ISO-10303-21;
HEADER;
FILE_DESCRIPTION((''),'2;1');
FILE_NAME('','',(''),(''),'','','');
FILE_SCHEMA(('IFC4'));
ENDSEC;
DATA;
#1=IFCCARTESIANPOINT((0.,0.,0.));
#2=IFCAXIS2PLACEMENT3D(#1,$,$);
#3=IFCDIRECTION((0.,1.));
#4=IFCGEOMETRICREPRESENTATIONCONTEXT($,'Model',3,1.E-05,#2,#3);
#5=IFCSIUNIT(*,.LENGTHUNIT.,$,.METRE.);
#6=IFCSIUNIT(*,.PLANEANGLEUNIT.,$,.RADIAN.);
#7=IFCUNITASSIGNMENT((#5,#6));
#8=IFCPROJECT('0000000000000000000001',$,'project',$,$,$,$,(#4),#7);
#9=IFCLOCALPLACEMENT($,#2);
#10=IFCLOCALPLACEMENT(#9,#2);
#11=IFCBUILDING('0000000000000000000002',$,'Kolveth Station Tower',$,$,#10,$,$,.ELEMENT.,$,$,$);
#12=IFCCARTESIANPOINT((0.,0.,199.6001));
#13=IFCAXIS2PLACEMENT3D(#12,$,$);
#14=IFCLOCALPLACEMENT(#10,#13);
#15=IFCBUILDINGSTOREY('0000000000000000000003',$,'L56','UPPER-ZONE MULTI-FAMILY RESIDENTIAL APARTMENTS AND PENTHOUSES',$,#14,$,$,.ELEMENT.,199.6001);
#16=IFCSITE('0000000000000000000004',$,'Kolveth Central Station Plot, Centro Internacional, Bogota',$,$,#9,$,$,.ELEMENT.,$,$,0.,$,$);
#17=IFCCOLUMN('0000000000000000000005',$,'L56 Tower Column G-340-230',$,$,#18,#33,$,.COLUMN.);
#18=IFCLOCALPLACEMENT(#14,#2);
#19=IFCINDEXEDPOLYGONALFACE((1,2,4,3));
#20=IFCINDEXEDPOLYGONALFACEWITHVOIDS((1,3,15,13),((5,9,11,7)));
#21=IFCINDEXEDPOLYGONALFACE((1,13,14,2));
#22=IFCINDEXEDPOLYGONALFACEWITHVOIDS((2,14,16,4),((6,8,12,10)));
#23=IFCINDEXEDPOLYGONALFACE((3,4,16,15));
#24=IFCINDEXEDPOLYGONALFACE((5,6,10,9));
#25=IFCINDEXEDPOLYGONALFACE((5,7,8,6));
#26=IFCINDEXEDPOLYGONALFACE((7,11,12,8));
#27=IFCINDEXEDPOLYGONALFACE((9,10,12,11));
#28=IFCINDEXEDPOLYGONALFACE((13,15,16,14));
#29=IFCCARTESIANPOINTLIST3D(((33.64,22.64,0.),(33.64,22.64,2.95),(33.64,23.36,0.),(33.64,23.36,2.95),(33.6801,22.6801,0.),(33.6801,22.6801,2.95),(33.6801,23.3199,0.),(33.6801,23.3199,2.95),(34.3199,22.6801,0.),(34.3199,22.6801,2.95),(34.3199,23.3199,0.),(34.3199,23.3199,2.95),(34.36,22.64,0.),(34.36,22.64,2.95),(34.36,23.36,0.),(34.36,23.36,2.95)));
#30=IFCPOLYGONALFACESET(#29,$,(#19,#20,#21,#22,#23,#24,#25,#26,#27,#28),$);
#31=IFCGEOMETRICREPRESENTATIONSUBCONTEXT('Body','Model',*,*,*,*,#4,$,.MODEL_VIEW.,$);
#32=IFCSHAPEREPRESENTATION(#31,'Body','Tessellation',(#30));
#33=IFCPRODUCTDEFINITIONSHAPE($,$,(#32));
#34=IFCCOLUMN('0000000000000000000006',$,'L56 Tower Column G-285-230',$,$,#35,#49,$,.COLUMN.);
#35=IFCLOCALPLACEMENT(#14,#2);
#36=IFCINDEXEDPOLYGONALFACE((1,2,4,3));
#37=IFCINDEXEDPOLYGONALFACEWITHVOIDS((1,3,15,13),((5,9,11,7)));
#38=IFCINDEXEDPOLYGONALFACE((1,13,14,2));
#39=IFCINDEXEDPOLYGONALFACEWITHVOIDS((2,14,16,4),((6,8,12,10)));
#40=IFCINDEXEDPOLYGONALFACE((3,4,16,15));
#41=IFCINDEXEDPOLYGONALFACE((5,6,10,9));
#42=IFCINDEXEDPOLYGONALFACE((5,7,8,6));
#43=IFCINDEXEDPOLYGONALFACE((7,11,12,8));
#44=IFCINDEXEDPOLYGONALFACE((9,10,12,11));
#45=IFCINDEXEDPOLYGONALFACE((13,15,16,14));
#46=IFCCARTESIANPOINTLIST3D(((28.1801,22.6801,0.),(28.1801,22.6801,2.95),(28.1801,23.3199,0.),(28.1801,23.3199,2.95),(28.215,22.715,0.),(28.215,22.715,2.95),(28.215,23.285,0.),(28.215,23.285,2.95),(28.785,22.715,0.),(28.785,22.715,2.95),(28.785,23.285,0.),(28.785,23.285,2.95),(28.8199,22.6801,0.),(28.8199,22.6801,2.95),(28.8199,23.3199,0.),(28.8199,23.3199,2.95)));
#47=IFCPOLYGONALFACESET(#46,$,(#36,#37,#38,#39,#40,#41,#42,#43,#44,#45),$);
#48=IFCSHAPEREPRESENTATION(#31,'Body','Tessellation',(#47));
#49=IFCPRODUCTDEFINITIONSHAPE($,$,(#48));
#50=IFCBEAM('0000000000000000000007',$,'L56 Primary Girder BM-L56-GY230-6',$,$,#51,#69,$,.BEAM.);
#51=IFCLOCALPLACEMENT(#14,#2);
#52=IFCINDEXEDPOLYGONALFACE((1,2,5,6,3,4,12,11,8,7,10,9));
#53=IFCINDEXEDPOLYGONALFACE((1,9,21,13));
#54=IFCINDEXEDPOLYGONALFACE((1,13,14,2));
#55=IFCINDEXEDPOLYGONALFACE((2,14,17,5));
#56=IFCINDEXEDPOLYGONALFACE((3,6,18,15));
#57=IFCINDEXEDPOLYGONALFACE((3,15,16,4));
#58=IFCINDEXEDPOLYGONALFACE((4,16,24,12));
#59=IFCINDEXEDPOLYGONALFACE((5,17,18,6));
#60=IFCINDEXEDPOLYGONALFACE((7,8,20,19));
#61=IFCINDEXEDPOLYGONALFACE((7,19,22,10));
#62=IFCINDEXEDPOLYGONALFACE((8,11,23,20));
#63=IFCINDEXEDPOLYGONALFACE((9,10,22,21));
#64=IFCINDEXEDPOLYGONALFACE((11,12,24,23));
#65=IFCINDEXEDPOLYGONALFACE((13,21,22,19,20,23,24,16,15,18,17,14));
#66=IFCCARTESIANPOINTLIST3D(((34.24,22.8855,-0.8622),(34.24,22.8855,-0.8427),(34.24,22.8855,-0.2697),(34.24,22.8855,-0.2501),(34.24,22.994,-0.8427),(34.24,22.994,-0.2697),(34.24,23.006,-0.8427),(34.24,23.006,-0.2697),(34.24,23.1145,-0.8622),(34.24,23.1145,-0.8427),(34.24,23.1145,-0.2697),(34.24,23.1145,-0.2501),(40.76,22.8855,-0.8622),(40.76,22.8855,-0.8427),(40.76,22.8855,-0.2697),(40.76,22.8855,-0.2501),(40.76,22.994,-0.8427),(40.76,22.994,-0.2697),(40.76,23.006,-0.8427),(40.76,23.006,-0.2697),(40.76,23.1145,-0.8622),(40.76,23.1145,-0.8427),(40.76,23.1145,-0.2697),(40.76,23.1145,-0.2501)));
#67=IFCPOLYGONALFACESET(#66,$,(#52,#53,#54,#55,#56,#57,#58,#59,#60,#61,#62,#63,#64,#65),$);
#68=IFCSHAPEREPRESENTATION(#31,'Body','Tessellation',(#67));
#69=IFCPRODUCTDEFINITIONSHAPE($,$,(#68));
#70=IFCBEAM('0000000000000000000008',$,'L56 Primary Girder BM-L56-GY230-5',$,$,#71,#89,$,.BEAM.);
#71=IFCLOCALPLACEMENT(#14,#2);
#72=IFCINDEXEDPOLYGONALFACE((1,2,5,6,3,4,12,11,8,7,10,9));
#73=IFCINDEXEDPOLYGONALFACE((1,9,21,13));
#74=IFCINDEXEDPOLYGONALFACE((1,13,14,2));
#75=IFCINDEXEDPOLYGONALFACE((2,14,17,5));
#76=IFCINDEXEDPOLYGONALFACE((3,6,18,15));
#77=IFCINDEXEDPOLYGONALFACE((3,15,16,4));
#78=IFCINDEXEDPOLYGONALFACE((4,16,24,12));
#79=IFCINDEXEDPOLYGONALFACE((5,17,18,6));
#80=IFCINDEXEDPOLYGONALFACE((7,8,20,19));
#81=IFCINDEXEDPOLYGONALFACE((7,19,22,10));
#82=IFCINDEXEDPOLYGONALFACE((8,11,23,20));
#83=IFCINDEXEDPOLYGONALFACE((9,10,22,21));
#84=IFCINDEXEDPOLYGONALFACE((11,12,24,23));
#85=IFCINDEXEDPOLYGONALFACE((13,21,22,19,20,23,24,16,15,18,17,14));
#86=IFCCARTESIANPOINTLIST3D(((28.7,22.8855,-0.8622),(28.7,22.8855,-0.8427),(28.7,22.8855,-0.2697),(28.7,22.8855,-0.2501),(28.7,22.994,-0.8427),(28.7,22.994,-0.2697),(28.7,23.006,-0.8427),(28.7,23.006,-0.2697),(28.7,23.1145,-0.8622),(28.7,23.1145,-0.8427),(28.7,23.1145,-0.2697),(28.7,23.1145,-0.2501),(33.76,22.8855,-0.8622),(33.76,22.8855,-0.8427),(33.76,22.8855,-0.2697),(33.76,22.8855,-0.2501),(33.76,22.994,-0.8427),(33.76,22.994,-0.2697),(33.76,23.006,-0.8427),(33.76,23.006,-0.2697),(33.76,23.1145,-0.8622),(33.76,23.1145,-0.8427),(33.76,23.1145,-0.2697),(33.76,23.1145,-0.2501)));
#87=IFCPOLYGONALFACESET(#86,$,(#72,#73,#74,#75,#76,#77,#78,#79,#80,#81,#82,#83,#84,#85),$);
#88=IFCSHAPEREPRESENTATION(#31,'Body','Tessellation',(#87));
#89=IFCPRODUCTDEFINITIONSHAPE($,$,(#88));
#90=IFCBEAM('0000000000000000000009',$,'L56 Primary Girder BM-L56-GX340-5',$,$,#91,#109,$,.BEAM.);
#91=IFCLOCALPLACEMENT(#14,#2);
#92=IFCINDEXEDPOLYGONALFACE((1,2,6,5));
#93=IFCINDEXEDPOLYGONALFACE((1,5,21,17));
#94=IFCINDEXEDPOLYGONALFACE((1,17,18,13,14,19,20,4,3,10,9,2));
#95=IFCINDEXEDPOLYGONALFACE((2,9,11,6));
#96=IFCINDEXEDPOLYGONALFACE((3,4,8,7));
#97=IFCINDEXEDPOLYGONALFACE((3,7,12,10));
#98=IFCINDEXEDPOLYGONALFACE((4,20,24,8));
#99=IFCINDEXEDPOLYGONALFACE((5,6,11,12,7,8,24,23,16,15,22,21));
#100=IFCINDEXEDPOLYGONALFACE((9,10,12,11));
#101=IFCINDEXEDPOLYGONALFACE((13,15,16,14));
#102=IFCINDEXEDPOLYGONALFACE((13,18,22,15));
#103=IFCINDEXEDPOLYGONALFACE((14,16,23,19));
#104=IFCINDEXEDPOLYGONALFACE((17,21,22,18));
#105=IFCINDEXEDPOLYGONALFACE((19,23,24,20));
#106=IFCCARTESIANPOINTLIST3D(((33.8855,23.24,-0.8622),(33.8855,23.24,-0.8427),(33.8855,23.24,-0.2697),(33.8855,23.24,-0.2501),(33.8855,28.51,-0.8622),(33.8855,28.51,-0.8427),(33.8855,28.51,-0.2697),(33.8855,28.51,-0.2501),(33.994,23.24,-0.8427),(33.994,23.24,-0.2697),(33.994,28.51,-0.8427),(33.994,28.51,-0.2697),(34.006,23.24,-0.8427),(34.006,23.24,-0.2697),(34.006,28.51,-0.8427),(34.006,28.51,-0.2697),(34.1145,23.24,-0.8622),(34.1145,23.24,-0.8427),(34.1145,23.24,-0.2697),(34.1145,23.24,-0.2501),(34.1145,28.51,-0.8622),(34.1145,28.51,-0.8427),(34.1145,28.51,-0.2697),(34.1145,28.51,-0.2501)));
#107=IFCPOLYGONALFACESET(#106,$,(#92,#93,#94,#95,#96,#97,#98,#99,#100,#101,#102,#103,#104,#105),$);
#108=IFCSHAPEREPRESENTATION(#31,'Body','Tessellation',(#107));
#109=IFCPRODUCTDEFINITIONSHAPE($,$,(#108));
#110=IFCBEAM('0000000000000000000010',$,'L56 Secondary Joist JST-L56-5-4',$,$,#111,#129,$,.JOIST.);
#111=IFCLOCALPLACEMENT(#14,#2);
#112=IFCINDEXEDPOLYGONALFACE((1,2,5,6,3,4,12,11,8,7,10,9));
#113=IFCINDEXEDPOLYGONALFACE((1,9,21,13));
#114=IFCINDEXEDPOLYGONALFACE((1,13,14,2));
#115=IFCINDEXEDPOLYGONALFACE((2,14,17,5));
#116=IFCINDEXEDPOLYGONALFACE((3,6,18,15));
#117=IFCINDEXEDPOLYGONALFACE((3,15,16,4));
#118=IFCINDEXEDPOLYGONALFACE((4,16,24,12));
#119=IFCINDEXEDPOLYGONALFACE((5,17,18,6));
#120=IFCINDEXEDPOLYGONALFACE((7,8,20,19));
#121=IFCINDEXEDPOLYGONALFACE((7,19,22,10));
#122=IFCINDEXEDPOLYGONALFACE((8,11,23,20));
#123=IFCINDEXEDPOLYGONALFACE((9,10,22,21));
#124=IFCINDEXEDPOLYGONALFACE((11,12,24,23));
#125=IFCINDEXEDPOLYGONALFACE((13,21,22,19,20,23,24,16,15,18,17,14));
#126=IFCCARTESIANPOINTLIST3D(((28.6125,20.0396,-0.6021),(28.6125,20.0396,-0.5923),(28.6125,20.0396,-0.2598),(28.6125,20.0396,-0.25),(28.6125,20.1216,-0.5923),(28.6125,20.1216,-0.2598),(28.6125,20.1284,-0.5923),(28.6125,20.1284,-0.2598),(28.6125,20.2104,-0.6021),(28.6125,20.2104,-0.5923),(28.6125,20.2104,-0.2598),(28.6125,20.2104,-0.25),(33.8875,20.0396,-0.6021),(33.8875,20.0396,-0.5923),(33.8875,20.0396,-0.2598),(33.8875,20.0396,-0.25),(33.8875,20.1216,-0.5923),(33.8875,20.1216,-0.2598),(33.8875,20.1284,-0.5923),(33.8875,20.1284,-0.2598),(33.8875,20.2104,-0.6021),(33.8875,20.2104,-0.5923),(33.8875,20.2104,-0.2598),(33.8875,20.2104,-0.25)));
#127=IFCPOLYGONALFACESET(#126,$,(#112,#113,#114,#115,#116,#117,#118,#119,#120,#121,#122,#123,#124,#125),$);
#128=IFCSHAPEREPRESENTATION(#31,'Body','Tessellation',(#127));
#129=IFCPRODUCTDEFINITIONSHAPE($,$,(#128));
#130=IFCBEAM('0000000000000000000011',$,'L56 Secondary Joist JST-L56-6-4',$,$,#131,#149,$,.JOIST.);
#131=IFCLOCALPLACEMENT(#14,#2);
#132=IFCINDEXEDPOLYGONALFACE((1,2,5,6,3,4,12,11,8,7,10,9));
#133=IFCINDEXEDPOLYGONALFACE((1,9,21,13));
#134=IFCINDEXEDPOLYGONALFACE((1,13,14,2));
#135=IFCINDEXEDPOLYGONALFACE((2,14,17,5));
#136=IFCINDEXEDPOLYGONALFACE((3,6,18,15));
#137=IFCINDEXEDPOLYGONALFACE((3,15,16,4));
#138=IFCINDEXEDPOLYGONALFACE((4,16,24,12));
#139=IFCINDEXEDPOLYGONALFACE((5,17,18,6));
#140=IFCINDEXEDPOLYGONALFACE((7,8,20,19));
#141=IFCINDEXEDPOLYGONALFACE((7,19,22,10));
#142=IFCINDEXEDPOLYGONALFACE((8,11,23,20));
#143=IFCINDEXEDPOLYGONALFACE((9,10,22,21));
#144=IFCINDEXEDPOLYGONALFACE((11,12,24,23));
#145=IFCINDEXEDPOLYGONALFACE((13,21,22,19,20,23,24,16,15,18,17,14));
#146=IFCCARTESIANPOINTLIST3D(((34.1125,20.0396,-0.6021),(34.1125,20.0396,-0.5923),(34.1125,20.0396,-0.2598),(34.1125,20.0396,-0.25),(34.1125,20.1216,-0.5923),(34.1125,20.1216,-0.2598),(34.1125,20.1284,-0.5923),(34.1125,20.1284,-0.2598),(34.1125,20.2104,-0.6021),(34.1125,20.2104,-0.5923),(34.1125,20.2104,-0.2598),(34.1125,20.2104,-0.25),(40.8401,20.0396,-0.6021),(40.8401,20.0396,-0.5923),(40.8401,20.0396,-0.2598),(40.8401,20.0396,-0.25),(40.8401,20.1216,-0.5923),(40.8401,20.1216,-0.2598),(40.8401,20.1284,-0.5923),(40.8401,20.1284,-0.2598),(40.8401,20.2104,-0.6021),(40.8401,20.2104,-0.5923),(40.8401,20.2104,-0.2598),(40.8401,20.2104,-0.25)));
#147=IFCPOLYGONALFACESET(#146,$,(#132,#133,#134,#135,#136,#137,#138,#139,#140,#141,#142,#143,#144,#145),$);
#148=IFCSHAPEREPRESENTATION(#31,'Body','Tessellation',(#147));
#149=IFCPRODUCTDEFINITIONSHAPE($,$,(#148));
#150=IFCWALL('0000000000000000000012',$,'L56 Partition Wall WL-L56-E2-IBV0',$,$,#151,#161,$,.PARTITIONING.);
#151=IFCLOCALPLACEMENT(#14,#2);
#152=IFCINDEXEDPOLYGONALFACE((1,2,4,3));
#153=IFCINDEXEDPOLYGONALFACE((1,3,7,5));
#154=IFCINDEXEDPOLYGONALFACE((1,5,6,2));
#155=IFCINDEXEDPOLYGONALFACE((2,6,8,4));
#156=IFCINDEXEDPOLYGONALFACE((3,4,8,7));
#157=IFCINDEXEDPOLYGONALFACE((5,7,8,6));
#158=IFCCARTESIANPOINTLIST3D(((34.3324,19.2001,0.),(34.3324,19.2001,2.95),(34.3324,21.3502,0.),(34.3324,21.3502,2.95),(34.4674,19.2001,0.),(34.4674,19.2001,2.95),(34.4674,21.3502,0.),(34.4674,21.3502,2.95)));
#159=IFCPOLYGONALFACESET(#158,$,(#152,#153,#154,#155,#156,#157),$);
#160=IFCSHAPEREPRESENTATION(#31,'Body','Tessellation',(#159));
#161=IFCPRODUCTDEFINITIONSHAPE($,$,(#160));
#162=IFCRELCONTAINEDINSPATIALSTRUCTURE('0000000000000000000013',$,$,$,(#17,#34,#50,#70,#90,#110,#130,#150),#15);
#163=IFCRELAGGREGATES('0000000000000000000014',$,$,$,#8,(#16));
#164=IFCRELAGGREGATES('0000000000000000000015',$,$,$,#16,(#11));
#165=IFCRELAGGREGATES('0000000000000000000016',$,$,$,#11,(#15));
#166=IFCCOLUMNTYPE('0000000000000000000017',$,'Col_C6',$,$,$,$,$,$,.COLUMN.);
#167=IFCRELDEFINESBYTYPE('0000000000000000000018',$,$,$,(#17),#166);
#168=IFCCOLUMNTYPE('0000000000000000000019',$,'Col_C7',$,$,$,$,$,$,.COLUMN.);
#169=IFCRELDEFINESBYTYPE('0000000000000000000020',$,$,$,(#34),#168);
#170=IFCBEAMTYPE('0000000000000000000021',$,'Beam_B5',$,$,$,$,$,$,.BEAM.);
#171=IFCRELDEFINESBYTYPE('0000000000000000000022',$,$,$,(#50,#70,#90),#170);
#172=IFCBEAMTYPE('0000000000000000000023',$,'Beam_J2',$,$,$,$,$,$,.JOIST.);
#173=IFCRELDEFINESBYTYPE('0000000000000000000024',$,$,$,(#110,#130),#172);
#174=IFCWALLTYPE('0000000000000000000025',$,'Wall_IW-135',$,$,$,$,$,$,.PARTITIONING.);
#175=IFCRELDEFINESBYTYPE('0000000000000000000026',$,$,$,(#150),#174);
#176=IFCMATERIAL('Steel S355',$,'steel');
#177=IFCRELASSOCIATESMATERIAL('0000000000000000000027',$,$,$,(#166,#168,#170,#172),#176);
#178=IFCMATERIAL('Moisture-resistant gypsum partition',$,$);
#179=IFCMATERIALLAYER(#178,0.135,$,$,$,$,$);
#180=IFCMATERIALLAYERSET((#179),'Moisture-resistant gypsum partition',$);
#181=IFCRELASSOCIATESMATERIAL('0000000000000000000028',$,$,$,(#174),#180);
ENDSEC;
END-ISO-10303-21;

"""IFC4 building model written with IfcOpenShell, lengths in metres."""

from ifc_helpers import new_model, si_unit, direction, frame, frame_2d, origin, origin_2d, place, context, subcontext, project, spatial, rectangle, hollow_rectangle, i_section, extrude, source, transform, mapped, material, layer, layer_set, material_profile, profile_set, type_object, element, save


model = new_model("IFC4")

# Units and contexts
model_context = context("Model", 3, precision=1e-05, world=origin(), true_north=direction((0.0, 1.0)))
body_context = subcontext(model_context, "Body", "Model", "MODEL_VIEW")
ifc_project = project(units=[si_unit("LENGTHUNIT", "METRE"), si_unit("PLANEANGLEUNIT", "RADIAN")], contexts=[model_context])

# Site, building, storey
site_placement = place(None, origin())
site = spatial("IfcSite", under=ifc_project, at=site_placement, Name="Kolveth Central Station Plot, Centro Internacional, Bogota", CompositionType="ELEMENT", RefElevation=0.0)
building_placement = place(site_placement, origin())
building = spatial("IfcBuilding", under=site, at=building_placement, Name="Kolveth Station Tower", CompositionType="ELEMENT")
storey_placement = place(building_placement, frame((0.0, 0.0, 199.6001)))
storey = spatial("IfcBuildingStorey", under=building, at=storey_placement, Name="L56", Description="UPPER-ZONE MULTI-FAMILY RESIDENTIAL APARTMENTS AND PENTHOUSES", CompositionType="ELEMENT", Elevation=199.6001)

# Columns
ifc_material_1 = material(Name="Steel S355", Category="steel")
ifc_material_profile_1 = material_profile(ifc_material_1, hollow_rectangle(XDim=0.72, YDim=0.72, WallThickness=0.04, at=origin_2d()), Name="BOX720x720x40")
ifc_profile_set_1 = profile_set([ifc_material_profile_1], Name="Steel S355")
column_type_1 = type_object("IfcColumnType", Name="Col_C6", PredefinedType="COLUMN", material=ifc_profile_set_1)
shared_shape_1 = source(origin(), body_context, "Body", "SweptSolid", [
    extrude(hollow_rectangle(XDim=0.72, YDim=0.72, WallThickness=0.04, at=origin_2d()), origin(), (0.0, 0.0, 1.0), 2.95),
])
column_1_placement = place(storey_placement, frame((34.0, 23.0, 0.0), z_axis=(0.0, 0.0, 1.0), x_axis=(1.0, 0.0, 0.0)))
element("IfcColumn", 1, at=column_1_placement, inside=storey, type_object=column_type_1, Name="L56 Tower Column G-340-230", PredefinedType="COLUMN", context=body_context, shape_type="MappedRepresentation", body=[
    mapped(shared_shape_1, transform((0.0, 0.0, 0.0), x_axis=(1.0, 0.0, 0.0), y_axis=(0.0, 1.0, 0.0), z_axis=(0.0, 0.0, 1.0), scale=1.0)),
])
ifc_material_profile_2 = material_profile(ifc_material_1, hollow_rectangle(XDim=0.6399, YDim=0.6399, WallThickness=0.0349, at=origin_2d()), Name="BOX640x640x35")
ifc_profile_set_2 = profile_set([ifc_material_profile_2], Name="Steel S355")
column_type_2 = type_object("IfcColumnType", Name="Col_C7", PredefinedType="COLUMN", material=ifc_profile_set_2)
shared_shape_2 = source(origin(), body_context, "Body", "SweptSolid", [
    extrude(hollow_rectangle(XDim=0.6399, YDim=0.6399, WallThickness=0.0349, at=origin_2d()), origin(), (0.0, 0.0, 1.0), 2.95),
])
column_2_placement = place(storey_placement, frame((28.5, 23.0, 0.0), z_axis=(0.0, 0.0, 1.0), x_axis=(1.0, 0.0, 0.0)))
element("IfcColumn", 2, at=column_2_placement, inside=storey, type_object=column_type_2, Name="L56 Tower Column G-285-230", PredefinedType="COLUMN", context=body_context, shape_type="MappedRepresentation", body=[
    mapped(shared_shape_2, transform((0.0, 0.0, 0.0), x_axis=(1.0, 0.0, 0.0), y_axis=(0.0, 1.0, 0.0), z_axis=(0.0, 0.0, 1.0), scale=1.0)),
])

# Beams
ifc_material_profile_3 = material_profile(ifc_material_1, i_section(OverallWidth=0.229, OverallDepth=0.6121, WebThickness=0.012, FlangeThickness=0.0195, at=origin_2d()), Name="W610x125")
ifc_profile_set_3 = profile_set([ifc_material_profile_3], Name="Steel S355")
beam_type_1 = type_object("IfcBeamType", Name="Beam_B5", PredefinedType="BEAM", material=ifc_profile_set_3)
shared_shape_3 = source(origin(), body_context, "Body", "SweptSolid", [
    extrude(i_section(OverallWidth=0.229, OverallDepth=0.6121, WebThickness=0.012, FlangeThickness=0.0195, at=origin_2d()), origin(), (0.0, 0.0, 1.0), 6.52),
])
beam_1_placement = place(storey_placement, frame((34.24, 23.0, -0.5562), z_axis=(1.0, 0.0, 0.0), x_axis=(0.0, 1.0, 0.0)))
element("IfcBeam", 3, at=beam_1_placement, inside=storey, type_object=beam_type_1, Name="L56 Primary Girder BM-L56-GY230-6", PredefinedType="BEAM", context=body_context, shape_type="MappedRepresentation", body=[
    mapped(shared_shape_3, transform((0.0, 0.0, 0.0), x_axis=(1.0, 0.0, 0.0), y_axis=(0.0, 1.0, 0.0), z_axis=(0.0, 0.0, 1.0), scale=1.0)),
])
shared_shape_4 = source(origin(), body_context, "Body", "SweptSolid", [
    extrude(i_section(OverallWidth=0.229, OverallDepth=0.6121, WebThickness=0.012, FlangeThickness=0.0195, at=origin_2d()), origin(), (0.0, 0.0, 1.0), 5.0601),
])
beam_2_placement = place(storey_placement, frame((28.7, 23.0, -0.5562), z_axis=(1.0, 0.0, 0.0), x_axis=(0.0, 1.0, 0.0)))
element("IfcBeam", 4, at=beam_2_placement, inside=storey, type_object=beam_type_1, Name="L56 Primary Girder BM-L56-GY230-5", PredefinedType="BEAM", context=body_context, shape_type="MappedRepresentation", body=[
    mapped(shared_shape_4, transform((0.0, 0.0, 0.0), x_axis=(1.0, 0.0, 0.0), y_axis=(0.0, 1.0, 0.0), z_axis=(0.0, 0.0, 1.0), scale=1.0)),
])
shared_shape_5 = source(origin(), body_context, "Body", "SweptSolid", [
    extrude(i_section(OverallWidth=0.229, OverallDepth=0.6121, WebThickness=0.012, FlangeThickness=0.0195, at=origin_2d()), origin(), (0.0, 0.0, 1.0), 5.27),
])
beam_3_placement = place(storey_placement, frame((34.0, 23.24, -0.5562), z_axis=(0.0, 1.0, 0.0), x_axis=(-1.0, 0.0, 0.0)))
element("IfcBeam", 5, at=beam_3_placement, inside=storey, type_object=beam_type_1, Name="L56 Primary Girder BM-L56-GX340-5", PredefinedType="BEAM", context=body_context, shape_type="MappedRepresentation", body=[
    mapped(shared_shape_5, transform((0.0, 0.0, 0.0), x_axis=(1.0, 0.0, 0.0), y_axis=(0.0, 1.0, 0.0), z_axis=(0.0, 0.0, 1.0), scale=1.0)),
])
ifc_material_profile_4 = material_profile(ifc_material_1, i_section(OverallWidth=0.1709, OverallDepth=0.3521, WebThickness=0.0068, FlangeThickness=0.0098, at=origin_2d()), Name="W360x44")
ifc_profile_set_4 = profile_set([ifc_material_profile_4], Name="Steel S355")
beam_type_2 = type_object("IfcBeamType", Name="Beam_J2", PredefinedType="JOIST", material=ifc_profile_set_4)
shared_shape_6 = source(origin(), body_context, "Body", "SweptSolid", [
    extrude(i_section(OverallWidth=0.1709, OverallDepth=0.3521, WebThickness=0.0068, FlangeThickness=0.0098, at=origin_2d()), origin(), (0.0, 0.0, 1.0), 5.2749),
])
beam_4_placement = place(storey_placement, frame((28.6125, 20.125, -0.426), z_axis=(1.0, 0.0, 0.0), x_axis=(0.0, 1.0, 0.0)))
element("IfcBeam", 6, at=beam_4_placement, inside=storey, type_object=beam_type_2, Name="L56 Secondary Joist JST-L56-5-4", PredefinedType="JOIST", context=body_context, shape_type="MappedRepresentation", body=[
    mapped(shared_shape_6, transform((0.0, 0.0, 0.0), x_axis=(1.0, 0.0, 0.0), y_axis=(0.0, 1.0, 0.0), z_axis=(0.0, 0.0, 1.0), scale=1.0)),
])
shared_shape_7 = source(origin(), body_context, "Body", "SweptSolid", [
    extrude(i_section(OverallWidth=0.1709, OverallDepth=0.3521, WebThickness=0.0068, FlangeThickness=0.0098, at=origin_2d()), origin(), (0.0, 0.0, 1.0), 6.7275),
])
beam_5_placement = place(storey_placement, frame((34.1125, 20.125, -0.426), z_axis=(1.0, 0.0, 0.0), x_axis=(0.0, 1.0, 0.0)))
element("IfcBeam", 7, at=beam_5_placement, inside=storey, type_object=beam_type_2, Name="L56 Secondary Joist JST-L56-6-4", PredefinedType="JOIST", context=body_context, shape_type="MappedRepresentation", body=[
    mapped(shared_shape_7, transform((0.0, 0.0, 0.0), x_axis=(1.0, 0.0, 0.0), y_axis=(0.0, 1.0, 0.0), z_axis=(0.0, 0.0, 1.0), scale=1.0)),
])

# Wall
ifc_material_2 = material(Name="Moisture-resistant gypsum partition")
ifc_layer_1 = layer(ifc_material_2, 0.135)
ifc_layer_set_1 = layer_set([ifc_layer_1], Name="Moisture-resistant gypsum partition")
wall_type_1 = type_object("IfcWallType", Name="Wall_IW-135", PredefinedType="PARTITIONING", material=ifc_layer_set_1)
wall_1_placement = place(storey_placement, frame((34.3999, 19.2, 0.0), z_axis=(0.0, 0.0, 1.0), x_axis=(0.0, 1.0, 0.0)))
element("IfcWall", 8, at=wall_1_placement, inside=storey, type_object=wall_type_1, Name="L56 Partition Wall WL-L56-E2-IBV0", PredefinedType="PARTITIONING", context=body_context, shape_type="SweptSolid", body=[
    extrude(rectangle(XDim=2.1501, YDim=0.135, at=frame_2d((1.0752, 0.0))), origin(), (0.0, 0.0, 1.0), 2.95),
])

save(model, "model.ifc")
